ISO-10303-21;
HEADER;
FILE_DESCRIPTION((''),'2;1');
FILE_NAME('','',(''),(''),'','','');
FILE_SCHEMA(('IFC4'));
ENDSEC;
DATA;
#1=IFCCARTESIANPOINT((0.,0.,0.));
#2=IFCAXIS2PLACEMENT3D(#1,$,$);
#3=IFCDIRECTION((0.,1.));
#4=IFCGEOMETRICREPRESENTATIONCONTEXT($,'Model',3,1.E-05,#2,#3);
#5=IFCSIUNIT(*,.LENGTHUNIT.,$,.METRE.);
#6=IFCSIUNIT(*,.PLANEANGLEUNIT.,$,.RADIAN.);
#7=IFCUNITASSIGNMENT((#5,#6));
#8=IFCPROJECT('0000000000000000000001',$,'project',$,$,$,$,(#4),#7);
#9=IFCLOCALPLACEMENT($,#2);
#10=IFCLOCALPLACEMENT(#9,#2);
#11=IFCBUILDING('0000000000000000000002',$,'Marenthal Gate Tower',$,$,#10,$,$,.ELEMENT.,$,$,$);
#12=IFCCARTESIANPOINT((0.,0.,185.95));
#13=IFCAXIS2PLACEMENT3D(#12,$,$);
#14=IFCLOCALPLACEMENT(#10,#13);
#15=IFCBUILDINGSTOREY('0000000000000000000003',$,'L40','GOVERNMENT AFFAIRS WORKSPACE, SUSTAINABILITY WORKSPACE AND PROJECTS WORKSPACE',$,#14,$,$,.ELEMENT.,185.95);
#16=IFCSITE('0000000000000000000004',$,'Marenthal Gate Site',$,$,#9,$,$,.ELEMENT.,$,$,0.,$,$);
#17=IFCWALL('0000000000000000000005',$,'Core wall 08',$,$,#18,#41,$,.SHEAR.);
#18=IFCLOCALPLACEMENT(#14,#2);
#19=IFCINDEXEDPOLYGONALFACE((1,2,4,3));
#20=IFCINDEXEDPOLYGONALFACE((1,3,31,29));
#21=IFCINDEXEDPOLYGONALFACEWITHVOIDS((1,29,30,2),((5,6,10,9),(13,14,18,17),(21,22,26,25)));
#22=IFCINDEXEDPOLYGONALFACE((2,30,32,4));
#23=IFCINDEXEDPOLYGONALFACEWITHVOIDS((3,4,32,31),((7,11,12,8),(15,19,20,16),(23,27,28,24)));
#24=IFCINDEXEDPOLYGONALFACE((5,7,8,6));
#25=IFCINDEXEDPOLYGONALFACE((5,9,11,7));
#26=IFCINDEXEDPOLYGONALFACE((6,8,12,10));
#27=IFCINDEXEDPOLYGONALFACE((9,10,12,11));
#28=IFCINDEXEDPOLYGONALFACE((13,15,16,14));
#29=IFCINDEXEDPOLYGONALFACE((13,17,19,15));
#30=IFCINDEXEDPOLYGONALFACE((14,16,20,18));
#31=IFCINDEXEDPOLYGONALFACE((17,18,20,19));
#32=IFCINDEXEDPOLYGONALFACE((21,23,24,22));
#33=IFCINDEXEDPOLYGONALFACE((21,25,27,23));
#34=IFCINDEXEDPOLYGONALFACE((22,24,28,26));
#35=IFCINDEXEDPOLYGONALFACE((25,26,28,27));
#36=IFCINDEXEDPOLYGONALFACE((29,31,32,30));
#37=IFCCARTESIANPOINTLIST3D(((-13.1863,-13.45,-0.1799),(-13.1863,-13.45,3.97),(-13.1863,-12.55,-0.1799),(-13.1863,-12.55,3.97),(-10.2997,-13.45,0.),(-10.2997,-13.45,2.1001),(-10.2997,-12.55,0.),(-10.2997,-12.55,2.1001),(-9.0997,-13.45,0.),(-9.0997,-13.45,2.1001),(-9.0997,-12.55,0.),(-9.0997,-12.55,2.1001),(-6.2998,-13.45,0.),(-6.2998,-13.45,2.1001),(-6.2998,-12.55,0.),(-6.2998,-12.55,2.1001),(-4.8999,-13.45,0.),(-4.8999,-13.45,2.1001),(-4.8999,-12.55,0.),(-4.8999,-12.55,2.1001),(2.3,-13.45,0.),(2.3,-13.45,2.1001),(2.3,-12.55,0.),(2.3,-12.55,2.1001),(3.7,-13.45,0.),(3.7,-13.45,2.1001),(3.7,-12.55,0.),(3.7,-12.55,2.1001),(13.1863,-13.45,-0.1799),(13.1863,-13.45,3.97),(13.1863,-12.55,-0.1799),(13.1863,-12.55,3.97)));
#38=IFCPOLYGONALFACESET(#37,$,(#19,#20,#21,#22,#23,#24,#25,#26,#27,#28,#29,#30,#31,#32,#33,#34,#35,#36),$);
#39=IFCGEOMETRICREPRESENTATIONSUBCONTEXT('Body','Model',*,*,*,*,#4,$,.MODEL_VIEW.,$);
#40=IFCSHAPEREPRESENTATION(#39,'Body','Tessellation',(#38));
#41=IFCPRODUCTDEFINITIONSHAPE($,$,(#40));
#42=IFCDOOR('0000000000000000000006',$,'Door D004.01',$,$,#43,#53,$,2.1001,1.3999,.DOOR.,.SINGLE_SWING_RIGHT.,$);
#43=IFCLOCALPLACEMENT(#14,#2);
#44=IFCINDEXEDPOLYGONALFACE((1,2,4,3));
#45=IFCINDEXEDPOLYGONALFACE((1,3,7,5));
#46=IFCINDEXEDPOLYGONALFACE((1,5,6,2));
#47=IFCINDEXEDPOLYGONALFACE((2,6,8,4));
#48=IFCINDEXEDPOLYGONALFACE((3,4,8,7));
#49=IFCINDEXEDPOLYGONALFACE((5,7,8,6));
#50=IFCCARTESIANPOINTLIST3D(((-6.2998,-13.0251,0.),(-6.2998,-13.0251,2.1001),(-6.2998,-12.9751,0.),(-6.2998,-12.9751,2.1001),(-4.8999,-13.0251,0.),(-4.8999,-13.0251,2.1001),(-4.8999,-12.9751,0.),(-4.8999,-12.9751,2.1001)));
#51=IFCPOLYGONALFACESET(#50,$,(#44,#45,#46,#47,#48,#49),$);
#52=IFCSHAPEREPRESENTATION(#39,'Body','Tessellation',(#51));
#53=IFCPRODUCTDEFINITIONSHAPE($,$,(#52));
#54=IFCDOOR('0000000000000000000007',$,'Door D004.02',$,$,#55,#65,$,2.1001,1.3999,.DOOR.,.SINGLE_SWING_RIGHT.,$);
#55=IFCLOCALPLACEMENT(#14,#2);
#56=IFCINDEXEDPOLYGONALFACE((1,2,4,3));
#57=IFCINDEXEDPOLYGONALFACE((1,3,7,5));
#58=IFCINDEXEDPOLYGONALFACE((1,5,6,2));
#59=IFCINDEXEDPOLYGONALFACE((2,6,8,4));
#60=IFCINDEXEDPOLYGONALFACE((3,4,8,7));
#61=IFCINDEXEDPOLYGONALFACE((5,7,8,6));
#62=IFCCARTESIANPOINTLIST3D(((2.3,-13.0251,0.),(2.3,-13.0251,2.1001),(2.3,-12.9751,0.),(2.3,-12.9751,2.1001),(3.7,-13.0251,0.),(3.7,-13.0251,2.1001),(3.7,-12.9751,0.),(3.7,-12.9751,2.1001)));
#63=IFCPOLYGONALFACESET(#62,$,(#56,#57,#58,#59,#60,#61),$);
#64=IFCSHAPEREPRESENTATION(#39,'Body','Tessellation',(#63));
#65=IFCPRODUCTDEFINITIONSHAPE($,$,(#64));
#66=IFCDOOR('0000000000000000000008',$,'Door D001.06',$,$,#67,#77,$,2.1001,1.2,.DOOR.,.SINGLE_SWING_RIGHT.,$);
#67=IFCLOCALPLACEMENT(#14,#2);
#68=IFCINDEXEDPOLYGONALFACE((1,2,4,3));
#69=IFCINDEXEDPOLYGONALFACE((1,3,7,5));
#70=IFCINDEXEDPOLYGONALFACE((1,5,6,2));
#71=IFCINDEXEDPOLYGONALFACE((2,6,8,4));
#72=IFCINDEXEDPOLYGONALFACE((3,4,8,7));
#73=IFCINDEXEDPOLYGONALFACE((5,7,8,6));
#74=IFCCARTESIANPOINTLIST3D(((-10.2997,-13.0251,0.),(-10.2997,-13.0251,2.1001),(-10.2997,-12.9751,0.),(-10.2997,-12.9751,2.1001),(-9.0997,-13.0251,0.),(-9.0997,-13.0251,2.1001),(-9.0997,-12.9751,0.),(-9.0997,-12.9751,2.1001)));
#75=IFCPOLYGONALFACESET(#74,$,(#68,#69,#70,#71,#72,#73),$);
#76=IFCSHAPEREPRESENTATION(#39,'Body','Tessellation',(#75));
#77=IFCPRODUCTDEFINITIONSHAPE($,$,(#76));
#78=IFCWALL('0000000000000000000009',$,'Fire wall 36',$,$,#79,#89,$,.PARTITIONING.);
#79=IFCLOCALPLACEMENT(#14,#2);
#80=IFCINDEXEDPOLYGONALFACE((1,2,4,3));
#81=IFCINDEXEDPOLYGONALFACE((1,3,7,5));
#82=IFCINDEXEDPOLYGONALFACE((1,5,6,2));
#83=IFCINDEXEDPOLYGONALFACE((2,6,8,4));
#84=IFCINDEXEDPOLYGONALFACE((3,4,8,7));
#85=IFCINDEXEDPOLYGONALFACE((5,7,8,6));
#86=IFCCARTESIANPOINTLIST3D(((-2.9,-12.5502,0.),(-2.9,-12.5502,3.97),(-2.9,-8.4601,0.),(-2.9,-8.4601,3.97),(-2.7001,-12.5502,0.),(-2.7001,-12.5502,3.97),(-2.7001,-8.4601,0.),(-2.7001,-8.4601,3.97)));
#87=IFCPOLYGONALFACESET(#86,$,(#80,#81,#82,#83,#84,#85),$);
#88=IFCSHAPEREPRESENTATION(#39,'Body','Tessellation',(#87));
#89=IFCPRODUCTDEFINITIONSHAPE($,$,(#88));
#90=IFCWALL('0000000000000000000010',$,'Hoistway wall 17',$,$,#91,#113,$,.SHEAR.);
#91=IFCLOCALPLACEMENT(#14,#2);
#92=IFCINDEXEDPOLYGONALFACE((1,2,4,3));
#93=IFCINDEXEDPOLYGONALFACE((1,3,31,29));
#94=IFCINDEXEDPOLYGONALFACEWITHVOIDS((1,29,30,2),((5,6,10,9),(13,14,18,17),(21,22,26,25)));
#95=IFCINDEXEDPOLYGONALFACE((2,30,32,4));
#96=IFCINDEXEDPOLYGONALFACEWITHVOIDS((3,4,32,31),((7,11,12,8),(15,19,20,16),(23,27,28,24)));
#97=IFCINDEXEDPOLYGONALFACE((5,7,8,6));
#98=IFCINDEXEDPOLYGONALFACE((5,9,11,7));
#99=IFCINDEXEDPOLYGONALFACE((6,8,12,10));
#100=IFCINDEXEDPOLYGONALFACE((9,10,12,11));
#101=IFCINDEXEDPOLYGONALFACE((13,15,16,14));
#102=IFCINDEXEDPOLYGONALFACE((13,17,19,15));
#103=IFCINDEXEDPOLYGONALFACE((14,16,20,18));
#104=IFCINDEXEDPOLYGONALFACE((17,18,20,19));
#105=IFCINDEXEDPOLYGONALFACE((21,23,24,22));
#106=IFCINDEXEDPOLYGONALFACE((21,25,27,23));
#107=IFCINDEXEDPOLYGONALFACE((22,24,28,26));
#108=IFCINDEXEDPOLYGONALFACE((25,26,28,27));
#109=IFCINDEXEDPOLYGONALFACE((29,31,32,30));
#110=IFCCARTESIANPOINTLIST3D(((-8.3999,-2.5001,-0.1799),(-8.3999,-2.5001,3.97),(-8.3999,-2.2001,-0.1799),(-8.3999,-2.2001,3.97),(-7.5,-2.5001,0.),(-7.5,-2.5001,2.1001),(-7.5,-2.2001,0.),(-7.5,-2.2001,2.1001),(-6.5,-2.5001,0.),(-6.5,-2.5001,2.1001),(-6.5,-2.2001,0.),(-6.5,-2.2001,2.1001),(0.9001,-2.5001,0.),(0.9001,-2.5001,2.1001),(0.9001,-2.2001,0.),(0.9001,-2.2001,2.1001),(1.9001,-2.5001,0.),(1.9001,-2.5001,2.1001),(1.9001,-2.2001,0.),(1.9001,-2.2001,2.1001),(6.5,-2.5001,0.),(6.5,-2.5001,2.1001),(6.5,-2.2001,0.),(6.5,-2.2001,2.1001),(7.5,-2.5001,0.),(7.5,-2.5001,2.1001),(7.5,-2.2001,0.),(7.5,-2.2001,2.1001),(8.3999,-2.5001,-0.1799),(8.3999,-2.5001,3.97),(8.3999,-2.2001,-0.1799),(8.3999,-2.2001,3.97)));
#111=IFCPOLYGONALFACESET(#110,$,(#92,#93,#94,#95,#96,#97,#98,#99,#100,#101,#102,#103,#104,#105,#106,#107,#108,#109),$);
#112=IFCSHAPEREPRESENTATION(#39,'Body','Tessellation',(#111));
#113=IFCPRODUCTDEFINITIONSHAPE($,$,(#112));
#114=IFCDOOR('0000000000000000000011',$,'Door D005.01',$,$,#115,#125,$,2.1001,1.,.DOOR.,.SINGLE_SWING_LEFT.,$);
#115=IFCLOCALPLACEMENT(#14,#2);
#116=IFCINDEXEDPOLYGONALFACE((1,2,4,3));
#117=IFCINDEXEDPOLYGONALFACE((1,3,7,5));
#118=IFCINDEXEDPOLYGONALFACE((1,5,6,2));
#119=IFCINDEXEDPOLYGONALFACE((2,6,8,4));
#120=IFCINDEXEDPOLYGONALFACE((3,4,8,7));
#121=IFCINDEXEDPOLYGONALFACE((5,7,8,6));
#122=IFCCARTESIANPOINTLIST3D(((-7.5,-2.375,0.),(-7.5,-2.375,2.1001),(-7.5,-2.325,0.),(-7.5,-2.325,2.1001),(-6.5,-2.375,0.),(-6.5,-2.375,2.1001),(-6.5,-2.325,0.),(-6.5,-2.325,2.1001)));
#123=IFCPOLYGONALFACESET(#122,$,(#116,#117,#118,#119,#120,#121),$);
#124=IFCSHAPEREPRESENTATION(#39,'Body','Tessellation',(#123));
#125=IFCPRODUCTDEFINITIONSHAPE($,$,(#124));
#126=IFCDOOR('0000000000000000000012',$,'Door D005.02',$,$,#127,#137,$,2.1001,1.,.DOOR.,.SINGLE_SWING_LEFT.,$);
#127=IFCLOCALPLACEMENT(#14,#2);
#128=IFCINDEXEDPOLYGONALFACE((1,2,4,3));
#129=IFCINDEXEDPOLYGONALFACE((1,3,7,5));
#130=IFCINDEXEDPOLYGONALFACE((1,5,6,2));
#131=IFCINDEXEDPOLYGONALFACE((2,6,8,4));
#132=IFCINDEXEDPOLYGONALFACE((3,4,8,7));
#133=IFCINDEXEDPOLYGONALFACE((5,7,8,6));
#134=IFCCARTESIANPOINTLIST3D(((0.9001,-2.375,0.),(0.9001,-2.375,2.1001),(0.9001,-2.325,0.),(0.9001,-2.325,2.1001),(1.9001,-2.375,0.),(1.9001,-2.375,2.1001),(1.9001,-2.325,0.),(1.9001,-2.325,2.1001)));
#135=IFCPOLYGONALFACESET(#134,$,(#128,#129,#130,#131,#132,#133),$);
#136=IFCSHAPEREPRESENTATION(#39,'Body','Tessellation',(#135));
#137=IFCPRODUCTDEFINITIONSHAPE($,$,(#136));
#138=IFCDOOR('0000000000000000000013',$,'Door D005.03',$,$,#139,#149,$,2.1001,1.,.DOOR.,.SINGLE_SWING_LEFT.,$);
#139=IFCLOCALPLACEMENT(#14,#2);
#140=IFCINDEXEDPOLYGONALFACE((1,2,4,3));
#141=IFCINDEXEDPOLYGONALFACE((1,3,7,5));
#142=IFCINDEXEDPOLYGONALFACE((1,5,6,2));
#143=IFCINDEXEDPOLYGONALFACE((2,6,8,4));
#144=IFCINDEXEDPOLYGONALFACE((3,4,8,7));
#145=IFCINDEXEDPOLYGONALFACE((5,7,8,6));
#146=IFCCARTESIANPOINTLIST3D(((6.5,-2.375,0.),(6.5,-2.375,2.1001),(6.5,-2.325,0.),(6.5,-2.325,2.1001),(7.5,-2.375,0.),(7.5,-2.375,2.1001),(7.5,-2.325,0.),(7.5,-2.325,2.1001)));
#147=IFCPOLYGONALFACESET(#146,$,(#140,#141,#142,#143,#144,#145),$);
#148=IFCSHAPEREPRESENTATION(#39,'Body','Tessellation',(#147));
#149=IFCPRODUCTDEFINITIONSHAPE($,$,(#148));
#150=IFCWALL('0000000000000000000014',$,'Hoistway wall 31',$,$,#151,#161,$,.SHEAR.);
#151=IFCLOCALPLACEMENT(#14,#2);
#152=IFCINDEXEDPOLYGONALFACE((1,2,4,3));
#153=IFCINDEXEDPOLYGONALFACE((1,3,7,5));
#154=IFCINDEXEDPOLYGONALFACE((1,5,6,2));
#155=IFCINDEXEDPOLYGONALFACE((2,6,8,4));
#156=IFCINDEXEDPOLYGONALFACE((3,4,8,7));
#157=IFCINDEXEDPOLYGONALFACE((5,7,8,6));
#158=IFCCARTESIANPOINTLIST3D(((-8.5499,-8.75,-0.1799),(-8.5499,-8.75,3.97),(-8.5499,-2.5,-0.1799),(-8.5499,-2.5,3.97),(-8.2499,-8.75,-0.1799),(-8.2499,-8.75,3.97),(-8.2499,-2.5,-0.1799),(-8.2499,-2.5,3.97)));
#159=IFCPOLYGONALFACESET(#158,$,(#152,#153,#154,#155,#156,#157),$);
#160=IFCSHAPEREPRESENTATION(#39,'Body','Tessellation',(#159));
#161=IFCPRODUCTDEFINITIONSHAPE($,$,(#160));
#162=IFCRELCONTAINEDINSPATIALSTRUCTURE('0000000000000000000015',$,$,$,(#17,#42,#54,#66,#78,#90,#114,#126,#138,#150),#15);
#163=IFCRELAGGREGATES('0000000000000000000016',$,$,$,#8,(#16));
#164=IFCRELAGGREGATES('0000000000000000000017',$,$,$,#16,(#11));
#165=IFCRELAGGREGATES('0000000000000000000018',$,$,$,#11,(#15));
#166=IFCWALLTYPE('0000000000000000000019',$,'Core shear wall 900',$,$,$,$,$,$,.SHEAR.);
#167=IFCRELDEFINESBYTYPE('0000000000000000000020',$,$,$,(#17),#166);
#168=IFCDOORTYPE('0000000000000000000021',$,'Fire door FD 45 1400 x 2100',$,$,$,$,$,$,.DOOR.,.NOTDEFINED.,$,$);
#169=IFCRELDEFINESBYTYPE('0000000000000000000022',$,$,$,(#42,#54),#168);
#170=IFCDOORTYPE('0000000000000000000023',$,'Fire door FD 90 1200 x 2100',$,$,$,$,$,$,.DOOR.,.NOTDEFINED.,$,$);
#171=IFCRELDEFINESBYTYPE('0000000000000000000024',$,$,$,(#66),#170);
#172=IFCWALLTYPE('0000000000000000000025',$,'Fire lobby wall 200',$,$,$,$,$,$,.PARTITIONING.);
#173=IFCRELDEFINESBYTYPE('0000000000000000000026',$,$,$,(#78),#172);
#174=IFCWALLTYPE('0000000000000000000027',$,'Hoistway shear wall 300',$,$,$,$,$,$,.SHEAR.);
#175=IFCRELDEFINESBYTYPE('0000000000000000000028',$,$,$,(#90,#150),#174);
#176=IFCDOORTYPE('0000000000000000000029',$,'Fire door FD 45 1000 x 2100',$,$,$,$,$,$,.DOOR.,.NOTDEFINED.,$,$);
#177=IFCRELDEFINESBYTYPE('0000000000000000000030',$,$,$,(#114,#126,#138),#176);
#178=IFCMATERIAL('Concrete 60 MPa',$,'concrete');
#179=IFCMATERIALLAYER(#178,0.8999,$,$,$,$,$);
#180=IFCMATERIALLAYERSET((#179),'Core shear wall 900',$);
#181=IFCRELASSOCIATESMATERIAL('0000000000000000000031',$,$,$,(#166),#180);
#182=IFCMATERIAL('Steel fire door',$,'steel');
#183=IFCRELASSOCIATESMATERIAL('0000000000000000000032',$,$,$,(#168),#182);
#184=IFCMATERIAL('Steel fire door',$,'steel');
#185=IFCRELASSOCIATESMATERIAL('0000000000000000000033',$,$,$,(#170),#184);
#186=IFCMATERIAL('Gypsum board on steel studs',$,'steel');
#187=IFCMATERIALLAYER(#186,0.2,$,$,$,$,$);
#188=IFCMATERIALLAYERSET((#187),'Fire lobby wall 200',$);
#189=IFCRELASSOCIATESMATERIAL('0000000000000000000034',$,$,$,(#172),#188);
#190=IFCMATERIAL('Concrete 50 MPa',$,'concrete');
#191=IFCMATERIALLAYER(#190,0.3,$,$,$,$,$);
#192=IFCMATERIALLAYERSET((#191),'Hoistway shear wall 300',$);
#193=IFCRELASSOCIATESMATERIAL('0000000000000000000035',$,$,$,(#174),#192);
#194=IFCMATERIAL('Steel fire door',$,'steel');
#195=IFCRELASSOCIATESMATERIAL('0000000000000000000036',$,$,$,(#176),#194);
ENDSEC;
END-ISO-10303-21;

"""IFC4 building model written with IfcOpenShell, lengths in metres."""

from ifc_helpers import new_model, si_unit, direction, frame, frame_2d, origin, place, context, subcontext, project, spatial, rectangle, extrude, material, layer, layer_set, type_object, element, fill, save


model = new_model("IFC4")

# Units and contexts
model_context = context("Model", 3, precision=1e-05, world=origin(), true_north=direction((0.0, 1.0)))
body_context = subcontext(model_context, "Body", "Model", "MODEL_VIEW")
ifc_project = project(units=[si_unit("LENGTHUNIT", "METRE"), si_unit("PLANEANGLEUNIT", "RADIAN")], contexts=[model_context])

# Site, building, storey
site_placement = place(None, origin())
site = spatial("IfcSite", under=ifc_project, at=site_placement, Name="Marenthal Gate Site", CompositionType="ELEMENT", RefElevation=0.0)
building_placement = place(site_placement, origin())
building = spatial("IfcBuilding", under=site, at=building_placement, Name="Marenthal Gate Tower", CompositionType="ELEMENT")
storey_placement = place(building_placement, frame((0.0, 0.0, 185.95)))
storey = spatial("IfcBuildingStorey", under=building, at=storey_placement, Name="L40", Description="GOVERNMENT AFFAIRS WORKSPACE, SUSTAINABILITY WORKSPACE AND PROJECTS WORKSPACE", CompositionType="ELEMENT", Elevation=185.95)

# Wall, openings, doors
ifc_material_1 = material(Name="Concrete 60 MPa", Category="concrete")
ifc_layer_1 = layer(ifc_material_1, 0.8999)
ifc_layer_set_1 = layer_set([ifc_layer_1], Name="Core shear wall 900")
wall_type_1 = type_object("IfcWallType", Name="Core shear wall 900", PredefinedType="SHEAR", material=ifc_layer_set_1)
wall_1_placement = place(storey_placement, frame((-13.1863, -13.0, -0.1799), z_axis=(0.0, 0.0, 1.0), x_axis=(1.0, 0.0, 0.0)))
wall_1 = element("IfcWall", 1, at=wall_1_placement, inside=storey, type_object=wall_type_1, Name="Core wall 08", PredefinedType="SHEAR", context=body_context, shape_type="SweptSolid", body=[
    extrude(rectangle(XDim=26.3726, YDim=0.8999, at=frame_2d((13.1863, 0.0))), origin(), (0.0, 0.0, 1.0), 4.1499),
])
opening_1_placement = place(wall_1_placement, frame((2.8865, 0.0, 0.1799)))
opening_1 = element("IfcOpeningElement", 2, at=opening_1_placement, cuts=wall_1, PredefinedType="OPENING", context=body_context, shape_type="SweptSolid", body=[
    extrude(rectangle(XDim=1.2, YDim=2.1001, at=frame_2d((0.6001, 1.05))), frame((0.0, 0.46, 0.0), z_axis=(0.0, -1.0, 0.0), x_axis=(1.0, 0.0, 0.0)), (0.0, 0.0, 1.0), 0.9199),
])
opening_2_placement = place(wall_1_placement, frame((6.8865, 0.0, 0.1799)))
opening_2 = element("IfcOpeningElement", 3, at=opening_2_placement, cuts=wall_1, PredefinedType="OPENING", context=body_context, shape_type="SweptSolid", body=[
    extrude(rectangle(XDim=1.3999, YDim=2.1001, at=frame_2d((0.7, 1.05))), frame((0.0, 0.46, 0.0), z_axis=(0.0, -1.0, 0.0), x_axis=(1.0, 0.0, 0.0)), (0.0, 0.0, 1.0), 0.9199),
])
opening_3_placement = place(wall_1_placement, frame((15.4863, 0.0, 0.1799)))
opening_3 = element("IfcOpeningElement", 4, at=opening_3_placement, cuts=wall_1, PredefinedType="OPENING", context=body_context, shape_type="SweptSolid", body=[
    extrude(rectangle(XDim=1.3999, YDim=2.1001, at=frame_2d((0.7, 1.05))), frame((0.0, 0.46, 0.0), z_axis=(0.0, -1.0, 0.0), x_axis=(1.0, 0.0, 0.0)), (0.0, 0.0, 1.0), 0.9199),
])
ifc_material_2 = material(Name="Steel fire door", Category="steel")
door_type_1 = type_object("IfcDoorType", Name="Fire door FD 45 1400 x 2100", OperationType="NOTDEFINED", PredefinedType="DOOR", material=ifc_material_2)
door_1_placement = place(opening_2_placement, origin())
door_1 = element("IfcDoor", 5, at=door_1_placement, inside=storey, type_object=door_type_1, Name="Door D004.01", OperationType="SINGLE_SWING_RIGHT", OverallHeight=2.1001, OverallWidth=1.3999, PredefinedType="DOOR", context=body_context, shape_type="SweptSolid", body=[
    extrude(rectangle(XDim=1.3999, YDim=2.1001, at=frame_2d((0.7, 1.05))), frame((0.0, 0.0249, 0.0), z_axis=(0.0, -1.0, 0.0), x_axis=(1.0, 0.0, 0.0)), (0.0, 0.0, 1.0), 0.05),
])
fill(opening_2, door_1)
door_2_placement = place(opening_3_placement, origin())
door_2 = element("IfcDoor", 6, at=door_2_placement, inside=storey, type_object=door_type_1, Name="Door D004.02", OperationType="SINGLE_SWING_RIGHT", OverallHeight=2.1001, OverallWidth=1.3999, PredefinedType="DOOR", context=body_context, shape_type="SweptSolid", body=[
    extrude(rectangle(XDim=1.3999, YDim=2.1001, at=frame_2d((0.7, 1.05))), frame((0.0, 0.0249, 0.0), z_axis=(0.0, -1.0, 0.0), x_axis=(1.0, 0.0, 0.0)), (0.0, 0.0, 1.0), 0.05),
])
fill(opening_3, door_2)
ifc_material_3 = material(Name="Steel fire door", Category="steel")
door_type_2 = type_object("IfcDoorType", Name="Fire door FD 90 1200 x 2100", OperationType="NOTDEFINED", PredefinedType="DOOR", material=ifc_material_3)
door_3_placement = place(opening_1_placement, origin())
door_3 = element("IfcDoor", 7, at=door_3_placement, inside=storey, type_object=door_type_2, Name="Door D001.06", OperationType="SINGLE_SWING_RIGHT", OverallHeight=2.1001, OverallWidth=1.2, PredefinedType="DOOR", context=body_context, shape_type="SweptSolid", body=[
    extrude(rectangle(XDim=1.2, YDim=2.1001, at=frame_2d((0.6001, 1.05))), frame((0.0, 0.0249, 0.0), z_axis=(0.0, -1.0, 0.0), x_axis=(1.0, 0.0, 0.0)), (0.0, 0.0, 1.0), 0.05),
])
fill(opening_1, door_3)

# Wall
ifc_material_4 = material(Name="Gypsum board on steel studs", Category="steel")
ifc_layer_2 = layer(ifc_material_4, 0.2)
ifc_layer_set_2 = layer_set([ifc_layer_2], Name="Fire lobby wall 200")
wall_type_2 = type_object("IfcWallType", Name="Fire lobby wall 200", PredefinedType="PARTITIONING", material=ifc_layer_set_2)
wall_2_placement = place(storey_placement, frame((-2.8, -12.55, 0.0), z_axis=(0.0, 0.0, 1.0), x_axis=(0.0, 1.0, 0.0)))
element("IfcWall", 8, at=wall_2_placement, inside=storey, type_object=wall_type_2, Name="Fire wall 36", PredefinedType="PARTITIONING", context=body_context, shape_type="SweptSolid", body=[
    extrude(rectangle(XDim=4.0901, YDim=0.2, at=frame_2d((2.0449, 0.0))), origin(), (0.0, 0.0, 1.0), 3.97),
])

# Wall, openings, doors
ifc_material_5 = material(Name="Concrete 50 MPa", Category="concrete")
ifc_layer_3 = layer(ifc_material_5, 0.3)
ifc_layer_set_3 = layer_set([ifc_layer_3], Name="Hoistway shear wall 300")
wall_type_3 = type_object("IfcWallType", Name="Hoistway shear wall 300", PredefinedType="SHEAR", material=ifc_layer_set_3)
wall_3_placement = place(storey_placement, frame((-8.3999, -2.3501, -0.1799), z_axis=(0.0, 0.0, 1.0), x_axis=(1.0, 0.0, 0.0)))
wall_3 = element("IfcWall", 9, at=wall_3_placement, inside=storey, type_object=wall_type_3, Name="Hoistway wall 17", PredefinedType="SHEAR", context=body_context, shape_type="SweptSolid", body=[
    extrude(rectangle(XDim=16.7998, YDim=0.3, at=frame_2d((8.3999, 0.0))), origin(), (0.0, 0.0, 1.0), 4.1499),
])
opening_4_placement = place(wall_3_placement, frame((0.8999, 0.0, 0.1799)))
opening_4 = element("IfcOpeningElement", 10, at=opening_4_placement, cuts=wall_3, PredefinedType="OPENING", context=body_context, shape_type="SweptSolid", body=[
    extrude(rectangle(XDim=1.0, YDim=2.1001, at=frame_2d((0.5, 1.05))), frame((0.0, 0.1602, 0.0), z_axis=(0.0, -1.0, 0.0), x_axis=(1.0, 0.0, 0.0)), (0.0, 0.0, 1.0), 0.3201),
])
opening_5_placement = place(wall_3_placement, frame((9.3, 0.0, 0.1799)))
opening_5 = element("IfcOpeningElement", 11, at=opening_5_placement, cuts=wall_3, PredefinedType="OPENING", context=body_context, shape_type="SweptSolid", body=[
    extrude(rectangle(XDim=1.0, YDim=2.1001, at=frame_2d((0.5, 1.05))), frame((0.0, 0.1602, 0.0), z_axis=(0.0, -1.0, 0.0), x_axis=(1.0, 0.0, 0.0)), (0.0, 0.0, 1.0), 0.3201),
])
opening_6_placement = place(wall_3_placement, frame((14.8999, 0.0, 0.1799)))
opening_6 = element("IfcOpeningElement", 12, at=opening_6_placement, cuts=wall_3, PredefinedType="OPENING", context=body_context, shape_type="SweptSolid", body=[
    extrude(rectangle(XDim=1.0, YDim=2.1001, at=frame_2d((0.5, 1.05))), frame((0.0, 0.1602, 0.0), z_axis=(0.0, -1.0, 0.0), x_axis=(1.0, 0.0, 0.0)), (0.0, 0.0, 1.0), 0.3201),
])
ifc_material_6 = material(Name="Steel fire door", Category="steel")
door_type_3 = type_object("IfcDoorType", Name="Fire door FD 45 1000 x 2100", OperationType="NOTDEFINED", PredefinedType="DOOR", material=ifc_material_6)
door_4_placement = place(opening_4_placement, frame((1.0, 0.0, 0.0), z_axis=(0.0, 0.0, 1.0), x_axis=(-1.0, 0.0, 0.0)))
door_4 = element("IfcDoor", 13, at=door_4_placement, inside=storey, type_object=door_type_3, Name="Door D005.01", OperationType="SINGLE_SWING_LEFT", OverallHeight=2.1001, OverallWidth=1.0, PredefinedType="DOOR", context=body_context, shape_type="SweptSolid", body=[
    extrude(rectangle(XDim=1.0, YDim=2.1001, at=frame_2d((0.5, 1.05))), frame((0.0, 0.0249, 0.0), z_axis=(0.0, -1.0, 0.0), x_axis=(1.0, 0.0, 0.0)), (0.0, 0.0, 1.0), 0.05),
])
fill(opening_4, door_4)
door_5_placement = place(opening_5_placement, frame((1.0, 0.0, 0.0), z_axis=(0.0, 0.0, 1.0), x_axis=(-1.0, 0.0, 0.0)))
door_5 = element("IfcDoor", 14, at=door_5_placement, inside=storey, type_object=door_type_3, Name="Door D005.02", OperationType="SINGLE_SWING_LEFT", OverallHeight=2.1001, OverallWidth=1.0, PredefinedType="DOOR", context=body_context, shape_type="SweptSolid", body=[
    extrude(rectangle(XDim=1.0, YDim=2.1001, at=frame_2d((0.5, 1.05))), frame((0.0, 0.0249, 0.0), z_axis=(0.0, -1.0, 0.0), x_axis=(1.0, 0.0, 0.0)), (0.0, 0.0, 1.0), 0.05),
])
fill(opening_5, door_5)
door_6_placement = place(opening_6_placement, frame((1.0, 0.0, 0.0), z_axis=(0.0, 0.0, 1.0), x_axis=(-1.0, 0.0, 0.0)))
door_6 = element("IfcDoor", 15, at=door_6_placement, inside=storey, type_object=door_type_3, Name="Door D005.03", OperationType="SINGLE_SWING_LEFT", OverallHeight=2.1001, OverallWidth=1.0, PredefinedType="DOOR", context=body_context, shape_type="SweptSolid", body=[
    extrude(rectangle(XDim=1.0, YDim=2.1001, at=frame_2d((0.5, 1.05))), frame((0.0, 0.0249, 0.0), z_axis=(0.0, -1.0, 0.0), x_axis=(1.0, 0.0, 0.0)), (0.0, 0.0, 1.0), 0.05),
])
fill(opening_6, door_6)

# Wall
wall_4_placement = place(storey_placement, frame((-8.3999, -8.75, -0.1799), z_axis=(0.0, 0.0, 1.0), x_axis=(0.0, 1.0, 0.0)))
element("IfcWall", 16, at=wall_4_placement, inside=storey, type_object=wall_type_3, Name="Hoistway wall 31", PredefinedType="SHEAR", context=body_context, shape_type="SweptSolid", body=[
    extrude(rectangle(XDim=6.25, YDim=0.3, at=frame_2d((3.125, 0.0))), origin(), (0.0, 0.0, 1.0), 4.1499),
])

save(model, "model.ifc")
